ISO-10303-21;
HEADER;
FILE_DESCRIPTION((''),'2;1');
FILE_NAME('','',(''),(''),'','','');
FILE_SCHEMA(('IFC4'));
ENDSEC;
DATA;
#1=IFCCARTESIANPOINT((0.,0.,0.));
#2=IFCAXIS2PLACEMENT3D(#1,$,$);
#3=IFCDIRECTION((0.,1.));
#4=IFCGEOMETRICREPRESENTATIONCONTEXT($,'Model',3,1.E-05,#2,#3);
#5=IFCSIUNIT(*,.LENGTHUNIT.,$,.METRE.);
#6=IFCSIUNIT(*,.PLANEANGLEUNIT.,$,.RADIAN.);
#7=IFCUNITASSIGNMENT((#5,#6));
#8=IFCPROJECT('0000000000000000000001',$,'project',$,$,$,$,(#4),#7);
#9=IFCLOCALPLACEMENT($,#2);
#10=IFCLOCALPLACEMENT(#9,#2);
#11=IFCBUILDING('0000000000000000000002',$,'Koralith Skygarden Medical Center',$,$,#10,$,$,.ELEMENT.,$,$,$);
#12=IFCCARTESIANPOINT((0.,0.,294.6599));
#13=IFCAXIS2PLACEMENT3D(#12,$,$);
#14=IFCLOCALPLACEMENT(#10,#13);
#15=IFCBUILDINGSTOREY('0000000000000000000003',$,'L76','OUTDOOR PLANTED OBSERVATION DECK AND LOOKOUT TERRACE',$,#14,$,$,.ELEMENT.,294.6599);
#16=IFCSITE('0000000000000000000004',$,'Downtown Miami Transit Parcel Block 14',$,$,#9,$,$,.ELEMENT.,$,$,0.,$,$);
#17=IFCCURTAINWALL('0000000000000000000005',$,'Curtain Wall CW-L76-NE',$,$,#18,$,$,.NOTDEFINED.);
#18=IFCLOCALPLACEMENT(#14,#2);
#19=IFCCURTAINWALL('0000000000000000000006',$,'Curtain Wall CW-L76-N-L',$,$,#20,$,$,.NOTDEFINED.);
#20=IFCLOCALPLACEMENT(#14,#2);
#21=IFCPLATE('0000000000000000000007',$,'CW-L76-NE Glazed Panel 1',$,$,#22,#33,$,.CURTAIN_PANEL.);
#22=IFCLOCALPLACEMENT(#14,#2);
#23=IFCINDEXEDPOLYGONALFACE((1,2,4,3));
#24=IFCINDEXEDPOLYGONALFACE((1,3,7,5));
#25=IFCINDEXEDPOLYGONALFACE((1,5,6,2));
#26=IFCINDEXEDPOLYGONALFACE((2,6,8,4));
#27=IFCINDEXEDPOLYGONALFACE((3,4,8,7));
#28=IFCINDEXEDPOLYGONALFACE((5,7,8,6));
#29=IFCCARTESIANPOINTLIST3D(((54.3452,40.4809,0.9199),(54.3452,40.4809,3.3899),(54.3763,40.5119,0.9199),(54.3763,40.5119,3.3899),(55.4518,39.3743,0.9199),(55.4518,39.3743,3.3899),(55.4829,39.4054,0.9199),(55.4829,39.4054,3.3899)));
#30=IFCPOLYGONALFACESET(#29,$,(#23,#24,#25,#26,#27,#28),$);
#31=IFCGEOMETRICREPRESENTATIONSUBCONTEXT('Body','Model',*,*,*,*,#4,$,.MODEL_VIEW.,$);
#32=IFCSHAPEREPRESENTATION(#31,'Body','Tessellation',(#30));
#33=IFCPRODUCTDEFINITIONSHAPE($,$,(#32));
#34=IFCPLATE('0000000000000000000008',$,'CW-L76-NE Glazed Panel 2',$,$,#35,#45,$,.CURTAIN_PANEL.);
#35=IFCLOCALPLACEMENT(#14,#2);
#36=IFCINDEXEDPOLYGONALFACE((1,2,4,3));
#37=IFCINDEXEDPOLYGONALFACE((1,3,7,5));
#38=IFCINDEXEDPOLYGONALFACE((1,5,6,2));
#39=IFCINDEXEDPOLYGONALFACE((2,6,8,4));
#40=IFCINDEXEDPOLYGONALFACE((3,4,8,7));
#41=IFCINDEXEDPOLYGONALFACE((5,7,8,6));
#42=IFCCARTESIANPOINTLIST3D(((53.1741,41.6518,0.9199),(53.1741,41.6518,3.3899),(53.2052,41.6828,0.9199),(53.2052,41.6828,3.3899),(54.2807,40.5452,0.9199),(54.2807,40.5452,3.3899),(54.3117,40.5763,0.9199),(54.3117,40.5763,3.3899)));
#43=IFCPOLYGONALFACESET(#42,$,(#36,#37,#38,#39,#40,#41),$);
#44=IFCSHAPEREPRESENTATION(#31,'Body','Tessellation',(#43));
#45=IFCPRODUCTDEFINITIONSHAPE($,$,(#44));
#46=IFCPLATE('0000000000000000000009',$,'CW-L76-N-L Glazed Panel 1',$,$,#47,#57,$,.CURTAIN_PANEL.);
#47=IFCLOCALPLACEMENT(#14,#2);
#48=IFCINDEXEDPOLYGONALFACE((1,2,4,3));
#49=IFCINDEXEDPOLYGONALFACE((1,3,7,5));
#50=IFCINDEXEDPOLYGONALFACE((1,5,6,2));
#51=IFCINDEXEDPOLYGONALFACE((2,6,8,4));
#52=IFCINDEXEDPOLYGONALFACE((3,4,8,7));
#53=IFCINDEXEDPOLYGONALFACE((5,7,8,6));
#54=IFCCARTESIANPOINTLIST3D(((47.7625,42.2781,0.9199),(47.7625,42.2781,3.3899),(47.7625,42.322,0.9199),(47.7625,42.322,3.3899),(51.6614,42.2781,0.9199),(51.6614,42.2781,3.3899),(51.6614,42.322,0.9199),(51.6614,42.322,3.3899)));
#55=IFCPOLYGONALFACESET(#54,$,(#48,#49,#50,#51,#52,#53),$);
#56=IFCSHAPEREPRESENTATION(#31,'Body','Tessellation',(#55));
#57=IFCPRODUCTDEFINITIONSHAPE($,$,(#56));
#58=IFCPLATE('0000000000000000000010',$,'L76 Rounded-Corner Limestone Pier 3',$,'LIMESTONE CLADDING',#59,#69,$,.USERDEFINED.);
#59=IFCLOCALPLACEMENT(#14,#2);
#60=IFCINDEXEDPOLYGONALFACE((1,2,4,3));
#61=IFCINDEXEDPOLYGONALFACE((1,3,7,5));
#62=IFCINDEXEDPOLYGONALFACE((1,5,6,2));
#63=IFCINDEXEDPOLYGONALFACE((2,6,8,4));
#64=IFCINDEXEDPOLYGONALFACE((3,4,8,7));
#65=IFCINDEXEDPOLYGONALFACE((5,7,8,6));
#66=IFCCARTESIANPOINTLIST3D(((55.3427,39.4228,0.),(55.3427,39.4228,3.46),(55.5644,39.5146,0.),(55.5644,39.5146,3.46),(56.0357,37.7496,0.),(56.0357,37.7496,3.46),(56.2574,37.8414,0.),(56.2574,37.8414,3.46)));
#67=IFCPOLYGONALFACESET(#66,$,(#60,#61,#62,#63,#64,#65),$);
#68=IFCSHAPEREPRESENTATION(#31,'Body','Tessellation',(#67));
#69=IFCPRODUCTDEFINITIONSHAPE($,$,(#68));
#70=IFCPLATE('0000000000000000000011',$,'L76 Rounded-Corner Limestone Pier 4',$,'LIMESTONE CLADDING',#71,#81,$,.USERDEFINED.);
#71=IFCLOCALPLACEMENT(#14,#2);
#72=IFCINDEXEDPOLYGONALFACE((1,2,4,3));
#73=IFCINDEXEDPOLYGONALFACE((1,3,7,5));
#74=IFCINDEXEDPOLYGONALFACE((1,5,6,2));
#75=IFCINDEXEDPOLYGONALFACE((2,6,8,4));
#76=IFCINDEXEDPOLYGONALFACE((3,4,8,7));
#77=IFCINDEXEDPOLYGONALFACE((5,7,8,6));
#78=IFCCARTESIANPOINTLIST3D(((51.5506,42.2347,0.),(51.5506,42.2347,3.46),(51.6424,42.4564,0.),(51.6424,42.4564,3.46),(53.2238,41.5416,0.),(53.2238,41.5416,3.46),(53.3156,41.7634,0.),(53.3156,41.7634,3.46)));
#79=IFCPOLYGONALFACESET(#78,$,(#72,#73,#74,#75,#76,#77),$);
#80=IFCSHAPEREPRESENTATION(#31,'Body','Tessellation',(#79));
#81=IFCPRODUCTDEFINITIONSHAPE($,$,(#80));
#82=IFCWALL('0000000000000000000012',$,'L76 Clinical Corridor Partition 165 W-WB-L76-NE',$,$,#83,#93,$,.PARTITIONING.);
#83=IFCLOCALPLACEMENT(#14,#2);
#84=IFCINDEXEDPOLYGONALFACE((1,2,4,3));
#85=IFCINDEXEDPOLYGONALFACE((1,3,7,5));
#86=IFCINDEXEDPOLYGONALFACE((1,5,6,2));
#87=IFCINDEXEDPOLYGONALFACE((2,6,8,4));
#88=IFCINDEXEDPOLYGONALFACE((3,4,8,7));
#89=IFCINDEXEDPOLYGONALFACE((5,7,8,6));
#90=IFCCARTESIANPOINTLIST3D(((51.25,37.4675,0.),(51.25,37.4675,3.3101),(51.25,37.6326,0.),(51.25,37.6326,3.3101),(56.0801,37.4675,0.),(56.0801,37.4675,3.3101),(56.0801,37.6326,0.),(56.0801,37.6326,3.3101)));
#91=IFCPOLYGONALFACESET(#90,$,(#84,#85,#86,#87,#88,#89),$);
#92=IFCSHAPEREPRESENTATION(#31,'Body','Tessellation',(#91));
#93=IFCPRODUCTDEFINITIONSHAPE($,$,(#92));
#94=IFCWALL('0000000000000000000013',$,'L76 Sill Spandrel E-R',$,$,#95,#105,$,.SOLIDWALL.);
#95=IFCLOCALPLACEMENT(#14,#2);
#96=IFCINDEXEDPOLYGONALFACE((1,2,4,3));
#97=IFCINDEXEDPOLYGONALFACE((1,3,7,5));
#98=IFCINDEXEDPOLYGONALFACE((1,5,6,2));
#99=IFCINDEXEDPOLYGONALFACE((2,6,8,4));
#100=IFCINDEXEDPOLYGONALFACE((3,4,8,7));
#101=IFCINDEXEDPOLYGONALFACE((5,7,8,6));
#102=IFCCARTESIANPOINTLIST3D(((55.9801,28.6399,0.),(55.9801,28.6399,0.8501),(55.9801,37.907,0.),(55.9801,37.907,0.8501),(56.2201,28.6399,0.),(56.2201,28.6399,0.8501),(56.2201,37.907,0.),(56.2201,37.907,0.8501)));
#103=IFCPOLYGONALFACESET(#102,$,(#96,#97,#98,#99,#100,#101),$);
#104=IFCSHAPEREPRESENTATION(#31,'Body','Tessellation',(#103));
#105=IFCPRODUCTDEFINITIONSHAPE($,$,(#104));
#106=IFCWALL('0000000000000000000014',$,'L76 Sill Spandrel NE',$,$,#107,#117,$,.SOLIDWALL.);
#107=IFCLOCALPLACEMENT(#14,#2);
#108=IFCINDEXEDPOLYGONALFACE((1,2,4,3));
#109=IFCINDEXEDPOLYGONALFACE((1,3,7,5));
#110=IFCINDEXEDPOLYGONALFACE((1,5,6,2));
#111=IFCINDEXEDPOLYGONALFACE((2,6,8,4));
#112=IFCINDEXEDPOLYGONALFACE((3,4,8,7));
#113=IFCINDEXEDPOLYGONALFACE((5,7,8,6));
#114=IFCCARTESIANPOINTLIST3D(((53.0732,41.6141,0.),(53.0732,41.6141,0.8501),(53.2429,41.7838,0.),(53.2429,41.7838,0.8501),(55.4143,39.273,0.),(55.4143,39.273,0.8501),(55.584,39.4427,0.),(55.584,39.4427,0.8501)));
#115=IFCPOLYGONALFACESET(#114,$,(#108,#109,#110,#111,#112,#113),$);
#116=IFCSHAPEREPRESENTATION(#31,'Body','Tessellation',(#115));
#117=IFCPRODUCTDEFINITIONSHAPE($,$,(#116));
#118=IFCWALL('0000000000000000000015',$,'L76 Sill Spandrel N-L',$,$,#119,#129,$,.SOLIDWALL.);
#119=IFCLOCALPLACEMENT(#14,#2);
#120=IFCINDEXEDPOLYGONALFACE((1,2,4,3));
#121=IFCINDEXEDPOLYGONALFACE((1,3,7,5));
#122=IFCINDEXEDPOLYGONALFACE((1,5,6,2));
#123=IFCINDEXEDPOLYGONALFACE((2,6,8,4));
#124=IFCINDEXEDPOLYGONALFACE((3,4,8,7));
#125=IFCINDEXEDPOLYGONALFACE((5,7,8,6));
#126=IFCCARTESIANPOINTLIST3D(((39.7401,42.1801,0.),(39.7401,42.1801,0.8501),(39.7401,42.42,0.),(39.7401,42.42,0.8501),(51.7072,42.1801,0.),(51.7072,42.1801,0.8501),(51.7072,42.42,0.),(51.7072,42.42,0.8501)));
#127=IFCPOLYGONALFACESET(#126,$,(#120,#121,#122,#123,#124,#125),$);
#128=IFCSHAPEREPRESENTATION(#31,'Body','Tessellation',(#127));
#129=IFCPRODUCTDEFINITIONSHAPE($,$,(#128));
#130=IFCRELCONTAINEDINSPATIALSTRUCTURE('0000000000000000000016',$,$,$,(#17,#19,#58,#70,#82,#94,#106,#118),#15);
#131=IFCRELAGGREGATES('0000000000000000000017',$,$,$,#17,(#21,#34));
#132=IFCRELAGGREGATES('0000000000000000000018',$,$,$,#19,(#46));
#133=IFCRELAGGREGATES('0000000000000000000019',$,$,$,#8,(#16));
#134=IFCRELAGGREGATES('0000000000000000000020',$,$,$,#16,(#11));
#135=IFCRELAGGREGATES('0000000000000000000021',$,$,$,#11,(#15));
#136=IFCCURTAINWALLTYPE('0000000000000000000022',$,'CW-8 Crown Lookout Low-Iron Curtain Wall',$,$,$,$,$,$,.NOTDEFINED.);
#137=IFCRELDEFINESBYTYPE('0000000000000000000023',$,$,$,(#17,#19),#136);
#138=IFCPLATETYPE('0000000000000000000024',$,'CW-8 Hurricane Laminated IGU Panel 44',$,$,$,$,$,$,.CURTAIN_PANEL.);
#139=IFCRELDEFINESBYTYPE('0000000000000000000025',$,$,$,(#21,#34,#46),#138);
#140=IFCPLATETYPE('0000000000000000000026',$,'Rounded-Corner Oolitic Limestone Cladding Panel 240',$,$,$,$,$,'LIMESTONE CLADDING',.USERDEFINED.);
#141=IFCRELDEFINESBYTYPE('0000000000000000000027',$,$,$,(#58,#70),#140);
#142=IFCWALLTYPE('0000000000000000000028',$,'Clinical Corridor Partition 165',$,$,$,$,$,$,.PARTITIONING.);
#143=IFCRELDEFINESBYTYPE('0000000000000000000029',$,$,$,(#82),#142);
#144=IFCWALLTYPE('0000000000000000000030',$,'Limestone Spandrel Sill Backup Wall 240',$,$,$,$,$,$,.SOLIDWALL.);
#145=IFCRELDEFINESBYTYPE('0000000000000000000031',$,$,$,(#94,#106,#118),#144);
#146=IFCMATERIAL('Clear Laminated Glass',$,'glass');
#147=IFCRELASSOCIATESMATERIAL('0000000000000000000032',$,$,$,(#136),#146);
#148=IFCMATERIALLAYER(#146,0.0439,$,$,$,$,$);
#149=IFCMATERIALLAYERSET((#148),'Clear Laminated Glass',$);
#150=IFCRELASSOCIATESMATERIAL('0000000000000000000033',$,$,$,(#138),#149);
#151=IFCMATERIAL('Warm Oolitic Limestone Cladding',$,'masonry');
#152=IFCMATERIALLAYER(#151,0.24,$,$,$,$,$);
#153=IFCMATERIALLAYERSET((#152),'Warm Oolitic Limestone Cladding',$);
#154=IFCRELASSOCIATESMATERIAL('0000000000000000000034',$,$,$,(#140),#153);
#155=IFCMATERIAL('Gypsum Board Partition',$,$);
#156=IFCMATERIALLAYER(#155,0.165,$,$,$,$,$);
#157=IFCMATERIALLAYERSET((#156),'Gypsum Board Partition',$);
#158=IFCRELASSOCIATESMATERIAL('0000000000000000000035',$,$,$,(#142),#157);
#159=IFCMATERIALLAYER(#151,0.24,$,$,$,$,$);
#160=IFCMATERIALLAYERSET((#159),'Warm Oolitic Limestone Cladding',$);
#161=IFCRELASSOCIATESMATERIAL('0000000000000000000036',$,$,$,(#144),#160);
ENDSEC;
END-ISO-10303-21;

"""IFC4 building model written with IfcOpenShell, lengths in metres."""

from ifc_helpers import new_model, si_unit, direction, frame, frame_2d, origin, origin_2d, place, context, subcontext, project, spatial, rectangle, extrude, material, layer, layer_set, type_object, element, aggregate, save


model = new_model("IFC4")

# Units and contexts
model_context = context("Model", 3, precision=1e-05, world=origin(), true_north=direction((0.0, 1.0)))
body_context = subcontext(model_context, "Body", "Model", "MODEL_VIEW")
ifc_project = project(units=[si_unit("LENGTHUNIT", "METRE"), si_unit("PLANEANGLEUNIT", "RADIAN")], contexts=[model_context])

# Site, building, storey
site_placement = place(None, origin())
site = spatial("IfcSite", under=ifc_project, at=site_placement, Name="Downtown Miami Transit Parcel Block 14", CompositionType="ELEMENT", RefElevation=0.0)
building_placement = place(site_placement, origin())
building = spatial("IfcBuilding", under=site, at=building_placement, Name="Koralith Skygarden Medical Center", CompositionType="ELEMENT")
storey_placement = place(building_placement, frame((0.0, 0.0, 294.6599)))
storey = spatial("IfcBuildingStorey", under=building, at=storey_placement, Name="L76", Description="OUTDOOR PLANTED OBSERVATION DECK AND LOOKOUT TERRACE", CompositionType="ELEMENT", Elevation=294.6599)

# Curtain wall
ifc_material_1 = material(Name="Clear Laminated Glass", Category="glass")
curtain_wall_type = type_object("IfcCurtainWallType", Name="CW-8 Crown Lookout Low-Iron Curtain Wall", PredefinedType="NOTDEFINED", material=ifc_material_1)
curtain_wall_1_placement = place(storey_placement, origin())
curtain_wall_1 = element("IfcCurtainWall", 1, at=curtain_wall_1_placement, inside=storey, type_object=curtain_wall_type, Name="Curtain Wall CW-L76-NE", PredefinedType="NOTDEFINED")

# Curtain wall
curtain_wall_2_placement = place(storey_placement, origin())
curtain_wall_2 = element("IfcCurtainWall", 2, at=curtain_wall_2_placement, inside=storey, type_object=curtain_wall_type, Name="Curtain Wall CW-L76-N-L", PredefinedType="NOTDEFINED")

# Plates
ifc_layer_1 = layer(ifc_material_1, 0.0439)
ifc_layer_set_1 = layer_set([ifc_layer_1], Name="Clear Laminated Glass")
plate_type_1 = type_object("IfcPlateType", Name="CW-8 Hurricane Laminated IGU Panel 44", PredefinedType="CURTAIN_PANEL", material=ifc_layer_set_1)
plate_1_placement = place(storey_placement, frame((54.9141, 39.9431, 0.9199), z_axis=(0.0, 0.0, 1.0), x_axis=(-0.707107, 0.707107, 0.0)))
plate_1 = element("IfcPlate", 3, at=plate_1_placement, type_object=plate_type_1, Name="CW-L76-NE Glazed Panel 1", PredefinedType="CURTAIN_PANEL", context=body_context, shape_type="SweptSolid", body=[
    extrude(rectangle(XDim=1.5649, YDim=0.0439, at=origin_2d()), origin(), (0.0, 0.0, 1.0), 2.47),
])
plate_2_placement = place(storey_placement, frame((53.7429, 41.114, 0.9199), z_axis=(0.0, 0.0, 1.0), x_axis=(-0.707107, 0.707107, 0.0)))
plate_2 = element("IfcPlate", 4, at=plate_2_placement, type_object=plate_type_1, Name="CW-L76-NE Glazed Panel 2", PredefinedType="CURTAIN_PANEL", context=body_context, shape_type="SweptSolid", body=[
    extrude(rectangle(XDim=1.5649, YDim=0.0439, at=origin_2d()), origin(), (0.0, 0.0, 1.0), 2.47),
])
aggregate(curtain_wall_1, [plate_1, plate_2])
plate_3_placement = place(storey_placement, frame((49.7119, 42.3, 0.9199), z_axis=(0.0, 0.0, 1.0), x_axis=(-1.0, 0.0, 0.0)))
plate_3 = element("IfcPlate", 5, at=plate_3_placement, type_object=plate_type_1, Name="CW-L76-N-L Glazed Panel 1", PredefinedType="CURTAIN_PANEL", context=body_context, shape_type="SweptSolid", body=[
    extrude(rectangle(XDim=3.8989, YDim=0.0439, at=origin_2d()), origin(), (0.0, 0.0, 1.0), 2.47),
])
aggregate(curtain_wall_2, [plate_3])

# Plates
ifc_material_2 = material(Name="Warm Oolitic Limestone Cladding", Category="masonry")
ifc_layer_2 = layer(ifc_material_2, 0.24)
ifc_layer_set_2 = layer_set([ifc_layer_2], Name="Warm Oolitic Limestone Cladding")
plate_type_2 = type_object("IfcPlateType", Name="Rounded-Corner Oolitic Limestone Cladding Panel 240", ElementType="LIMESTONE CLADDING", PredefinedType="USERDEFINED", material=ifc_layer_set_2)
for number, where, z_axis, x_axis, name in (
    (6, (55.8, 38.6321, 0.0), (0.0, 0.0, 1.0), (-0.382671, 0.923885, 0.0), "L76 Rounded-Corner Limestone Pier 3"),
    (7, (52.4331, 41.999, 0.0), (0.0, 0.0, 1.0), (-0.923885, 0.382671, 0.0), "L76 Rounded-Corner Limestone Pier 4"),
):
    element("IfcPlate", number, at=place(storey_placement, frame(where, z_axis=z_axis, x_axis=x_axis)), inside=storey, type_object=plate_type_2, Name=name, ObjectType="LIMESTONE CLADDING", PredefinedType="USERDEFINED", context=body_context, shape_type="SweptSolid", body=[
        extrude(rectangle(XDim=1.811, YDim=0.24, at=origin_2d()), origin(), (0.0, 0.0, 1.0), 3.46),
    ])

# Walls
ifc_material_3 = material(Name="Gypsum Board Partition")
ifc_layer_3 = layer(ifc_material_3, 0.165)
ifc_layer_set_3 = layer_set([ifc_layer_3], Name="Gypsum Board Partition")
wall_type_1 = type_object("IfcWallType", Name="Clinical Corridor Partition 165", PredefinedType="PARTITIONING", material=ifc_layer_set_3)
wall_1_placement = place(storey_placement, frame((51.25, 37.55, 0.0), z_axis=(0.0, 0.0, 1.0), x_axis=(1.0, 0.0, 0.0)))
element("IfcWall", 8, at=wall_1_placement, inside=storey, type_object=wall_type_1, Name="L76 Clinical Corridor Partition 165 W-WB-L76-NE", PredefinedType="PARTITIONING", context=body_context, shape_type="SweptSolid", body=[
    extrude(rectangle(XDim=4.8301, YDim=0.165, at=frame_2d((2.415, 0.0))), origin(), (0.0, 0.0, 1.0), 3.3101),
])
ifc_layer_4 = layer(ifc_material_2, 0.24)
ifc_layer_set_4 = layer_set([ifc_layer_4], Name="Warm Oolitic Limestone Cladding")
wall_type_2 = type_object("IfcWallType", Name="Limestone Spandrel Sill Backup Wall 240", PredefinedType="SOLIDWALL", material=ifc_layer_set_4)
wall_2_placement = place(storey_placement, frame((56.1001, 28.6399, 0.0), z_axis=(0.0, 0.0, 1.0), x_axis=(0.0, 1.0, 0.0)))
element("IfcWall", 9, at=wall_2_placement, inside=storey, type_object=wall_type_2, Name="L76 Sill Spandrel E-R", PredefinedType="SOLIDWALL", context=body_context, shape_type="SweptSolid", body=[
    extrude(rectangle(XDim=9.2671, YDim=0.24, at=frame_2d((4.6335, 0.0))), origin(), (0.0, 0.0, 1.0), 0.8501),
])
wall_3_placement = place(storey_placement, frame((55.499, 39.3579, 0.0), z_axis=(0.0, 0.0, 1.0), x_axis=(-0.707107, 0.707107, 0.0)))
element("IfcWall", 10, at=wall_3_placement, inside=storey, type_object=wall_type_2, Name="L76 Sill Spandrel NE", PredefinedType="SOLIDWALL", context=body_context, shape_type="SweptSolid", body=[
    extrude(rectangle(XDim=3.3108, YDim=0.24, at=frame_2d((1.6553, 0.0))), origin(), (0.0, 0.0, 1.0), 0.8501),
])
wall_4_placement = place(storey_placement, frame((51.707, 42.3, 0.0), z_axis=(0.0, 0.0, 1.0), x_axis=(-1.0, 0.0, 0.0)))
element("IfcWall", 11, at=wall_4_placement, inside=storey, type_object=wall_type_2, Name="L76 Sill Spandrel N-L", PredefinedType="SOLIDWALL", context=body_context, shape_type="SweptSolid", body=[
    extrude(rectangle(XDim=11.967, YDim=0.24, at=frame_2d((5.9834, 0.0))), origin(), (0.0, 0.0, 1.0), 0.8501),
])

save(model, "model.ifc")
